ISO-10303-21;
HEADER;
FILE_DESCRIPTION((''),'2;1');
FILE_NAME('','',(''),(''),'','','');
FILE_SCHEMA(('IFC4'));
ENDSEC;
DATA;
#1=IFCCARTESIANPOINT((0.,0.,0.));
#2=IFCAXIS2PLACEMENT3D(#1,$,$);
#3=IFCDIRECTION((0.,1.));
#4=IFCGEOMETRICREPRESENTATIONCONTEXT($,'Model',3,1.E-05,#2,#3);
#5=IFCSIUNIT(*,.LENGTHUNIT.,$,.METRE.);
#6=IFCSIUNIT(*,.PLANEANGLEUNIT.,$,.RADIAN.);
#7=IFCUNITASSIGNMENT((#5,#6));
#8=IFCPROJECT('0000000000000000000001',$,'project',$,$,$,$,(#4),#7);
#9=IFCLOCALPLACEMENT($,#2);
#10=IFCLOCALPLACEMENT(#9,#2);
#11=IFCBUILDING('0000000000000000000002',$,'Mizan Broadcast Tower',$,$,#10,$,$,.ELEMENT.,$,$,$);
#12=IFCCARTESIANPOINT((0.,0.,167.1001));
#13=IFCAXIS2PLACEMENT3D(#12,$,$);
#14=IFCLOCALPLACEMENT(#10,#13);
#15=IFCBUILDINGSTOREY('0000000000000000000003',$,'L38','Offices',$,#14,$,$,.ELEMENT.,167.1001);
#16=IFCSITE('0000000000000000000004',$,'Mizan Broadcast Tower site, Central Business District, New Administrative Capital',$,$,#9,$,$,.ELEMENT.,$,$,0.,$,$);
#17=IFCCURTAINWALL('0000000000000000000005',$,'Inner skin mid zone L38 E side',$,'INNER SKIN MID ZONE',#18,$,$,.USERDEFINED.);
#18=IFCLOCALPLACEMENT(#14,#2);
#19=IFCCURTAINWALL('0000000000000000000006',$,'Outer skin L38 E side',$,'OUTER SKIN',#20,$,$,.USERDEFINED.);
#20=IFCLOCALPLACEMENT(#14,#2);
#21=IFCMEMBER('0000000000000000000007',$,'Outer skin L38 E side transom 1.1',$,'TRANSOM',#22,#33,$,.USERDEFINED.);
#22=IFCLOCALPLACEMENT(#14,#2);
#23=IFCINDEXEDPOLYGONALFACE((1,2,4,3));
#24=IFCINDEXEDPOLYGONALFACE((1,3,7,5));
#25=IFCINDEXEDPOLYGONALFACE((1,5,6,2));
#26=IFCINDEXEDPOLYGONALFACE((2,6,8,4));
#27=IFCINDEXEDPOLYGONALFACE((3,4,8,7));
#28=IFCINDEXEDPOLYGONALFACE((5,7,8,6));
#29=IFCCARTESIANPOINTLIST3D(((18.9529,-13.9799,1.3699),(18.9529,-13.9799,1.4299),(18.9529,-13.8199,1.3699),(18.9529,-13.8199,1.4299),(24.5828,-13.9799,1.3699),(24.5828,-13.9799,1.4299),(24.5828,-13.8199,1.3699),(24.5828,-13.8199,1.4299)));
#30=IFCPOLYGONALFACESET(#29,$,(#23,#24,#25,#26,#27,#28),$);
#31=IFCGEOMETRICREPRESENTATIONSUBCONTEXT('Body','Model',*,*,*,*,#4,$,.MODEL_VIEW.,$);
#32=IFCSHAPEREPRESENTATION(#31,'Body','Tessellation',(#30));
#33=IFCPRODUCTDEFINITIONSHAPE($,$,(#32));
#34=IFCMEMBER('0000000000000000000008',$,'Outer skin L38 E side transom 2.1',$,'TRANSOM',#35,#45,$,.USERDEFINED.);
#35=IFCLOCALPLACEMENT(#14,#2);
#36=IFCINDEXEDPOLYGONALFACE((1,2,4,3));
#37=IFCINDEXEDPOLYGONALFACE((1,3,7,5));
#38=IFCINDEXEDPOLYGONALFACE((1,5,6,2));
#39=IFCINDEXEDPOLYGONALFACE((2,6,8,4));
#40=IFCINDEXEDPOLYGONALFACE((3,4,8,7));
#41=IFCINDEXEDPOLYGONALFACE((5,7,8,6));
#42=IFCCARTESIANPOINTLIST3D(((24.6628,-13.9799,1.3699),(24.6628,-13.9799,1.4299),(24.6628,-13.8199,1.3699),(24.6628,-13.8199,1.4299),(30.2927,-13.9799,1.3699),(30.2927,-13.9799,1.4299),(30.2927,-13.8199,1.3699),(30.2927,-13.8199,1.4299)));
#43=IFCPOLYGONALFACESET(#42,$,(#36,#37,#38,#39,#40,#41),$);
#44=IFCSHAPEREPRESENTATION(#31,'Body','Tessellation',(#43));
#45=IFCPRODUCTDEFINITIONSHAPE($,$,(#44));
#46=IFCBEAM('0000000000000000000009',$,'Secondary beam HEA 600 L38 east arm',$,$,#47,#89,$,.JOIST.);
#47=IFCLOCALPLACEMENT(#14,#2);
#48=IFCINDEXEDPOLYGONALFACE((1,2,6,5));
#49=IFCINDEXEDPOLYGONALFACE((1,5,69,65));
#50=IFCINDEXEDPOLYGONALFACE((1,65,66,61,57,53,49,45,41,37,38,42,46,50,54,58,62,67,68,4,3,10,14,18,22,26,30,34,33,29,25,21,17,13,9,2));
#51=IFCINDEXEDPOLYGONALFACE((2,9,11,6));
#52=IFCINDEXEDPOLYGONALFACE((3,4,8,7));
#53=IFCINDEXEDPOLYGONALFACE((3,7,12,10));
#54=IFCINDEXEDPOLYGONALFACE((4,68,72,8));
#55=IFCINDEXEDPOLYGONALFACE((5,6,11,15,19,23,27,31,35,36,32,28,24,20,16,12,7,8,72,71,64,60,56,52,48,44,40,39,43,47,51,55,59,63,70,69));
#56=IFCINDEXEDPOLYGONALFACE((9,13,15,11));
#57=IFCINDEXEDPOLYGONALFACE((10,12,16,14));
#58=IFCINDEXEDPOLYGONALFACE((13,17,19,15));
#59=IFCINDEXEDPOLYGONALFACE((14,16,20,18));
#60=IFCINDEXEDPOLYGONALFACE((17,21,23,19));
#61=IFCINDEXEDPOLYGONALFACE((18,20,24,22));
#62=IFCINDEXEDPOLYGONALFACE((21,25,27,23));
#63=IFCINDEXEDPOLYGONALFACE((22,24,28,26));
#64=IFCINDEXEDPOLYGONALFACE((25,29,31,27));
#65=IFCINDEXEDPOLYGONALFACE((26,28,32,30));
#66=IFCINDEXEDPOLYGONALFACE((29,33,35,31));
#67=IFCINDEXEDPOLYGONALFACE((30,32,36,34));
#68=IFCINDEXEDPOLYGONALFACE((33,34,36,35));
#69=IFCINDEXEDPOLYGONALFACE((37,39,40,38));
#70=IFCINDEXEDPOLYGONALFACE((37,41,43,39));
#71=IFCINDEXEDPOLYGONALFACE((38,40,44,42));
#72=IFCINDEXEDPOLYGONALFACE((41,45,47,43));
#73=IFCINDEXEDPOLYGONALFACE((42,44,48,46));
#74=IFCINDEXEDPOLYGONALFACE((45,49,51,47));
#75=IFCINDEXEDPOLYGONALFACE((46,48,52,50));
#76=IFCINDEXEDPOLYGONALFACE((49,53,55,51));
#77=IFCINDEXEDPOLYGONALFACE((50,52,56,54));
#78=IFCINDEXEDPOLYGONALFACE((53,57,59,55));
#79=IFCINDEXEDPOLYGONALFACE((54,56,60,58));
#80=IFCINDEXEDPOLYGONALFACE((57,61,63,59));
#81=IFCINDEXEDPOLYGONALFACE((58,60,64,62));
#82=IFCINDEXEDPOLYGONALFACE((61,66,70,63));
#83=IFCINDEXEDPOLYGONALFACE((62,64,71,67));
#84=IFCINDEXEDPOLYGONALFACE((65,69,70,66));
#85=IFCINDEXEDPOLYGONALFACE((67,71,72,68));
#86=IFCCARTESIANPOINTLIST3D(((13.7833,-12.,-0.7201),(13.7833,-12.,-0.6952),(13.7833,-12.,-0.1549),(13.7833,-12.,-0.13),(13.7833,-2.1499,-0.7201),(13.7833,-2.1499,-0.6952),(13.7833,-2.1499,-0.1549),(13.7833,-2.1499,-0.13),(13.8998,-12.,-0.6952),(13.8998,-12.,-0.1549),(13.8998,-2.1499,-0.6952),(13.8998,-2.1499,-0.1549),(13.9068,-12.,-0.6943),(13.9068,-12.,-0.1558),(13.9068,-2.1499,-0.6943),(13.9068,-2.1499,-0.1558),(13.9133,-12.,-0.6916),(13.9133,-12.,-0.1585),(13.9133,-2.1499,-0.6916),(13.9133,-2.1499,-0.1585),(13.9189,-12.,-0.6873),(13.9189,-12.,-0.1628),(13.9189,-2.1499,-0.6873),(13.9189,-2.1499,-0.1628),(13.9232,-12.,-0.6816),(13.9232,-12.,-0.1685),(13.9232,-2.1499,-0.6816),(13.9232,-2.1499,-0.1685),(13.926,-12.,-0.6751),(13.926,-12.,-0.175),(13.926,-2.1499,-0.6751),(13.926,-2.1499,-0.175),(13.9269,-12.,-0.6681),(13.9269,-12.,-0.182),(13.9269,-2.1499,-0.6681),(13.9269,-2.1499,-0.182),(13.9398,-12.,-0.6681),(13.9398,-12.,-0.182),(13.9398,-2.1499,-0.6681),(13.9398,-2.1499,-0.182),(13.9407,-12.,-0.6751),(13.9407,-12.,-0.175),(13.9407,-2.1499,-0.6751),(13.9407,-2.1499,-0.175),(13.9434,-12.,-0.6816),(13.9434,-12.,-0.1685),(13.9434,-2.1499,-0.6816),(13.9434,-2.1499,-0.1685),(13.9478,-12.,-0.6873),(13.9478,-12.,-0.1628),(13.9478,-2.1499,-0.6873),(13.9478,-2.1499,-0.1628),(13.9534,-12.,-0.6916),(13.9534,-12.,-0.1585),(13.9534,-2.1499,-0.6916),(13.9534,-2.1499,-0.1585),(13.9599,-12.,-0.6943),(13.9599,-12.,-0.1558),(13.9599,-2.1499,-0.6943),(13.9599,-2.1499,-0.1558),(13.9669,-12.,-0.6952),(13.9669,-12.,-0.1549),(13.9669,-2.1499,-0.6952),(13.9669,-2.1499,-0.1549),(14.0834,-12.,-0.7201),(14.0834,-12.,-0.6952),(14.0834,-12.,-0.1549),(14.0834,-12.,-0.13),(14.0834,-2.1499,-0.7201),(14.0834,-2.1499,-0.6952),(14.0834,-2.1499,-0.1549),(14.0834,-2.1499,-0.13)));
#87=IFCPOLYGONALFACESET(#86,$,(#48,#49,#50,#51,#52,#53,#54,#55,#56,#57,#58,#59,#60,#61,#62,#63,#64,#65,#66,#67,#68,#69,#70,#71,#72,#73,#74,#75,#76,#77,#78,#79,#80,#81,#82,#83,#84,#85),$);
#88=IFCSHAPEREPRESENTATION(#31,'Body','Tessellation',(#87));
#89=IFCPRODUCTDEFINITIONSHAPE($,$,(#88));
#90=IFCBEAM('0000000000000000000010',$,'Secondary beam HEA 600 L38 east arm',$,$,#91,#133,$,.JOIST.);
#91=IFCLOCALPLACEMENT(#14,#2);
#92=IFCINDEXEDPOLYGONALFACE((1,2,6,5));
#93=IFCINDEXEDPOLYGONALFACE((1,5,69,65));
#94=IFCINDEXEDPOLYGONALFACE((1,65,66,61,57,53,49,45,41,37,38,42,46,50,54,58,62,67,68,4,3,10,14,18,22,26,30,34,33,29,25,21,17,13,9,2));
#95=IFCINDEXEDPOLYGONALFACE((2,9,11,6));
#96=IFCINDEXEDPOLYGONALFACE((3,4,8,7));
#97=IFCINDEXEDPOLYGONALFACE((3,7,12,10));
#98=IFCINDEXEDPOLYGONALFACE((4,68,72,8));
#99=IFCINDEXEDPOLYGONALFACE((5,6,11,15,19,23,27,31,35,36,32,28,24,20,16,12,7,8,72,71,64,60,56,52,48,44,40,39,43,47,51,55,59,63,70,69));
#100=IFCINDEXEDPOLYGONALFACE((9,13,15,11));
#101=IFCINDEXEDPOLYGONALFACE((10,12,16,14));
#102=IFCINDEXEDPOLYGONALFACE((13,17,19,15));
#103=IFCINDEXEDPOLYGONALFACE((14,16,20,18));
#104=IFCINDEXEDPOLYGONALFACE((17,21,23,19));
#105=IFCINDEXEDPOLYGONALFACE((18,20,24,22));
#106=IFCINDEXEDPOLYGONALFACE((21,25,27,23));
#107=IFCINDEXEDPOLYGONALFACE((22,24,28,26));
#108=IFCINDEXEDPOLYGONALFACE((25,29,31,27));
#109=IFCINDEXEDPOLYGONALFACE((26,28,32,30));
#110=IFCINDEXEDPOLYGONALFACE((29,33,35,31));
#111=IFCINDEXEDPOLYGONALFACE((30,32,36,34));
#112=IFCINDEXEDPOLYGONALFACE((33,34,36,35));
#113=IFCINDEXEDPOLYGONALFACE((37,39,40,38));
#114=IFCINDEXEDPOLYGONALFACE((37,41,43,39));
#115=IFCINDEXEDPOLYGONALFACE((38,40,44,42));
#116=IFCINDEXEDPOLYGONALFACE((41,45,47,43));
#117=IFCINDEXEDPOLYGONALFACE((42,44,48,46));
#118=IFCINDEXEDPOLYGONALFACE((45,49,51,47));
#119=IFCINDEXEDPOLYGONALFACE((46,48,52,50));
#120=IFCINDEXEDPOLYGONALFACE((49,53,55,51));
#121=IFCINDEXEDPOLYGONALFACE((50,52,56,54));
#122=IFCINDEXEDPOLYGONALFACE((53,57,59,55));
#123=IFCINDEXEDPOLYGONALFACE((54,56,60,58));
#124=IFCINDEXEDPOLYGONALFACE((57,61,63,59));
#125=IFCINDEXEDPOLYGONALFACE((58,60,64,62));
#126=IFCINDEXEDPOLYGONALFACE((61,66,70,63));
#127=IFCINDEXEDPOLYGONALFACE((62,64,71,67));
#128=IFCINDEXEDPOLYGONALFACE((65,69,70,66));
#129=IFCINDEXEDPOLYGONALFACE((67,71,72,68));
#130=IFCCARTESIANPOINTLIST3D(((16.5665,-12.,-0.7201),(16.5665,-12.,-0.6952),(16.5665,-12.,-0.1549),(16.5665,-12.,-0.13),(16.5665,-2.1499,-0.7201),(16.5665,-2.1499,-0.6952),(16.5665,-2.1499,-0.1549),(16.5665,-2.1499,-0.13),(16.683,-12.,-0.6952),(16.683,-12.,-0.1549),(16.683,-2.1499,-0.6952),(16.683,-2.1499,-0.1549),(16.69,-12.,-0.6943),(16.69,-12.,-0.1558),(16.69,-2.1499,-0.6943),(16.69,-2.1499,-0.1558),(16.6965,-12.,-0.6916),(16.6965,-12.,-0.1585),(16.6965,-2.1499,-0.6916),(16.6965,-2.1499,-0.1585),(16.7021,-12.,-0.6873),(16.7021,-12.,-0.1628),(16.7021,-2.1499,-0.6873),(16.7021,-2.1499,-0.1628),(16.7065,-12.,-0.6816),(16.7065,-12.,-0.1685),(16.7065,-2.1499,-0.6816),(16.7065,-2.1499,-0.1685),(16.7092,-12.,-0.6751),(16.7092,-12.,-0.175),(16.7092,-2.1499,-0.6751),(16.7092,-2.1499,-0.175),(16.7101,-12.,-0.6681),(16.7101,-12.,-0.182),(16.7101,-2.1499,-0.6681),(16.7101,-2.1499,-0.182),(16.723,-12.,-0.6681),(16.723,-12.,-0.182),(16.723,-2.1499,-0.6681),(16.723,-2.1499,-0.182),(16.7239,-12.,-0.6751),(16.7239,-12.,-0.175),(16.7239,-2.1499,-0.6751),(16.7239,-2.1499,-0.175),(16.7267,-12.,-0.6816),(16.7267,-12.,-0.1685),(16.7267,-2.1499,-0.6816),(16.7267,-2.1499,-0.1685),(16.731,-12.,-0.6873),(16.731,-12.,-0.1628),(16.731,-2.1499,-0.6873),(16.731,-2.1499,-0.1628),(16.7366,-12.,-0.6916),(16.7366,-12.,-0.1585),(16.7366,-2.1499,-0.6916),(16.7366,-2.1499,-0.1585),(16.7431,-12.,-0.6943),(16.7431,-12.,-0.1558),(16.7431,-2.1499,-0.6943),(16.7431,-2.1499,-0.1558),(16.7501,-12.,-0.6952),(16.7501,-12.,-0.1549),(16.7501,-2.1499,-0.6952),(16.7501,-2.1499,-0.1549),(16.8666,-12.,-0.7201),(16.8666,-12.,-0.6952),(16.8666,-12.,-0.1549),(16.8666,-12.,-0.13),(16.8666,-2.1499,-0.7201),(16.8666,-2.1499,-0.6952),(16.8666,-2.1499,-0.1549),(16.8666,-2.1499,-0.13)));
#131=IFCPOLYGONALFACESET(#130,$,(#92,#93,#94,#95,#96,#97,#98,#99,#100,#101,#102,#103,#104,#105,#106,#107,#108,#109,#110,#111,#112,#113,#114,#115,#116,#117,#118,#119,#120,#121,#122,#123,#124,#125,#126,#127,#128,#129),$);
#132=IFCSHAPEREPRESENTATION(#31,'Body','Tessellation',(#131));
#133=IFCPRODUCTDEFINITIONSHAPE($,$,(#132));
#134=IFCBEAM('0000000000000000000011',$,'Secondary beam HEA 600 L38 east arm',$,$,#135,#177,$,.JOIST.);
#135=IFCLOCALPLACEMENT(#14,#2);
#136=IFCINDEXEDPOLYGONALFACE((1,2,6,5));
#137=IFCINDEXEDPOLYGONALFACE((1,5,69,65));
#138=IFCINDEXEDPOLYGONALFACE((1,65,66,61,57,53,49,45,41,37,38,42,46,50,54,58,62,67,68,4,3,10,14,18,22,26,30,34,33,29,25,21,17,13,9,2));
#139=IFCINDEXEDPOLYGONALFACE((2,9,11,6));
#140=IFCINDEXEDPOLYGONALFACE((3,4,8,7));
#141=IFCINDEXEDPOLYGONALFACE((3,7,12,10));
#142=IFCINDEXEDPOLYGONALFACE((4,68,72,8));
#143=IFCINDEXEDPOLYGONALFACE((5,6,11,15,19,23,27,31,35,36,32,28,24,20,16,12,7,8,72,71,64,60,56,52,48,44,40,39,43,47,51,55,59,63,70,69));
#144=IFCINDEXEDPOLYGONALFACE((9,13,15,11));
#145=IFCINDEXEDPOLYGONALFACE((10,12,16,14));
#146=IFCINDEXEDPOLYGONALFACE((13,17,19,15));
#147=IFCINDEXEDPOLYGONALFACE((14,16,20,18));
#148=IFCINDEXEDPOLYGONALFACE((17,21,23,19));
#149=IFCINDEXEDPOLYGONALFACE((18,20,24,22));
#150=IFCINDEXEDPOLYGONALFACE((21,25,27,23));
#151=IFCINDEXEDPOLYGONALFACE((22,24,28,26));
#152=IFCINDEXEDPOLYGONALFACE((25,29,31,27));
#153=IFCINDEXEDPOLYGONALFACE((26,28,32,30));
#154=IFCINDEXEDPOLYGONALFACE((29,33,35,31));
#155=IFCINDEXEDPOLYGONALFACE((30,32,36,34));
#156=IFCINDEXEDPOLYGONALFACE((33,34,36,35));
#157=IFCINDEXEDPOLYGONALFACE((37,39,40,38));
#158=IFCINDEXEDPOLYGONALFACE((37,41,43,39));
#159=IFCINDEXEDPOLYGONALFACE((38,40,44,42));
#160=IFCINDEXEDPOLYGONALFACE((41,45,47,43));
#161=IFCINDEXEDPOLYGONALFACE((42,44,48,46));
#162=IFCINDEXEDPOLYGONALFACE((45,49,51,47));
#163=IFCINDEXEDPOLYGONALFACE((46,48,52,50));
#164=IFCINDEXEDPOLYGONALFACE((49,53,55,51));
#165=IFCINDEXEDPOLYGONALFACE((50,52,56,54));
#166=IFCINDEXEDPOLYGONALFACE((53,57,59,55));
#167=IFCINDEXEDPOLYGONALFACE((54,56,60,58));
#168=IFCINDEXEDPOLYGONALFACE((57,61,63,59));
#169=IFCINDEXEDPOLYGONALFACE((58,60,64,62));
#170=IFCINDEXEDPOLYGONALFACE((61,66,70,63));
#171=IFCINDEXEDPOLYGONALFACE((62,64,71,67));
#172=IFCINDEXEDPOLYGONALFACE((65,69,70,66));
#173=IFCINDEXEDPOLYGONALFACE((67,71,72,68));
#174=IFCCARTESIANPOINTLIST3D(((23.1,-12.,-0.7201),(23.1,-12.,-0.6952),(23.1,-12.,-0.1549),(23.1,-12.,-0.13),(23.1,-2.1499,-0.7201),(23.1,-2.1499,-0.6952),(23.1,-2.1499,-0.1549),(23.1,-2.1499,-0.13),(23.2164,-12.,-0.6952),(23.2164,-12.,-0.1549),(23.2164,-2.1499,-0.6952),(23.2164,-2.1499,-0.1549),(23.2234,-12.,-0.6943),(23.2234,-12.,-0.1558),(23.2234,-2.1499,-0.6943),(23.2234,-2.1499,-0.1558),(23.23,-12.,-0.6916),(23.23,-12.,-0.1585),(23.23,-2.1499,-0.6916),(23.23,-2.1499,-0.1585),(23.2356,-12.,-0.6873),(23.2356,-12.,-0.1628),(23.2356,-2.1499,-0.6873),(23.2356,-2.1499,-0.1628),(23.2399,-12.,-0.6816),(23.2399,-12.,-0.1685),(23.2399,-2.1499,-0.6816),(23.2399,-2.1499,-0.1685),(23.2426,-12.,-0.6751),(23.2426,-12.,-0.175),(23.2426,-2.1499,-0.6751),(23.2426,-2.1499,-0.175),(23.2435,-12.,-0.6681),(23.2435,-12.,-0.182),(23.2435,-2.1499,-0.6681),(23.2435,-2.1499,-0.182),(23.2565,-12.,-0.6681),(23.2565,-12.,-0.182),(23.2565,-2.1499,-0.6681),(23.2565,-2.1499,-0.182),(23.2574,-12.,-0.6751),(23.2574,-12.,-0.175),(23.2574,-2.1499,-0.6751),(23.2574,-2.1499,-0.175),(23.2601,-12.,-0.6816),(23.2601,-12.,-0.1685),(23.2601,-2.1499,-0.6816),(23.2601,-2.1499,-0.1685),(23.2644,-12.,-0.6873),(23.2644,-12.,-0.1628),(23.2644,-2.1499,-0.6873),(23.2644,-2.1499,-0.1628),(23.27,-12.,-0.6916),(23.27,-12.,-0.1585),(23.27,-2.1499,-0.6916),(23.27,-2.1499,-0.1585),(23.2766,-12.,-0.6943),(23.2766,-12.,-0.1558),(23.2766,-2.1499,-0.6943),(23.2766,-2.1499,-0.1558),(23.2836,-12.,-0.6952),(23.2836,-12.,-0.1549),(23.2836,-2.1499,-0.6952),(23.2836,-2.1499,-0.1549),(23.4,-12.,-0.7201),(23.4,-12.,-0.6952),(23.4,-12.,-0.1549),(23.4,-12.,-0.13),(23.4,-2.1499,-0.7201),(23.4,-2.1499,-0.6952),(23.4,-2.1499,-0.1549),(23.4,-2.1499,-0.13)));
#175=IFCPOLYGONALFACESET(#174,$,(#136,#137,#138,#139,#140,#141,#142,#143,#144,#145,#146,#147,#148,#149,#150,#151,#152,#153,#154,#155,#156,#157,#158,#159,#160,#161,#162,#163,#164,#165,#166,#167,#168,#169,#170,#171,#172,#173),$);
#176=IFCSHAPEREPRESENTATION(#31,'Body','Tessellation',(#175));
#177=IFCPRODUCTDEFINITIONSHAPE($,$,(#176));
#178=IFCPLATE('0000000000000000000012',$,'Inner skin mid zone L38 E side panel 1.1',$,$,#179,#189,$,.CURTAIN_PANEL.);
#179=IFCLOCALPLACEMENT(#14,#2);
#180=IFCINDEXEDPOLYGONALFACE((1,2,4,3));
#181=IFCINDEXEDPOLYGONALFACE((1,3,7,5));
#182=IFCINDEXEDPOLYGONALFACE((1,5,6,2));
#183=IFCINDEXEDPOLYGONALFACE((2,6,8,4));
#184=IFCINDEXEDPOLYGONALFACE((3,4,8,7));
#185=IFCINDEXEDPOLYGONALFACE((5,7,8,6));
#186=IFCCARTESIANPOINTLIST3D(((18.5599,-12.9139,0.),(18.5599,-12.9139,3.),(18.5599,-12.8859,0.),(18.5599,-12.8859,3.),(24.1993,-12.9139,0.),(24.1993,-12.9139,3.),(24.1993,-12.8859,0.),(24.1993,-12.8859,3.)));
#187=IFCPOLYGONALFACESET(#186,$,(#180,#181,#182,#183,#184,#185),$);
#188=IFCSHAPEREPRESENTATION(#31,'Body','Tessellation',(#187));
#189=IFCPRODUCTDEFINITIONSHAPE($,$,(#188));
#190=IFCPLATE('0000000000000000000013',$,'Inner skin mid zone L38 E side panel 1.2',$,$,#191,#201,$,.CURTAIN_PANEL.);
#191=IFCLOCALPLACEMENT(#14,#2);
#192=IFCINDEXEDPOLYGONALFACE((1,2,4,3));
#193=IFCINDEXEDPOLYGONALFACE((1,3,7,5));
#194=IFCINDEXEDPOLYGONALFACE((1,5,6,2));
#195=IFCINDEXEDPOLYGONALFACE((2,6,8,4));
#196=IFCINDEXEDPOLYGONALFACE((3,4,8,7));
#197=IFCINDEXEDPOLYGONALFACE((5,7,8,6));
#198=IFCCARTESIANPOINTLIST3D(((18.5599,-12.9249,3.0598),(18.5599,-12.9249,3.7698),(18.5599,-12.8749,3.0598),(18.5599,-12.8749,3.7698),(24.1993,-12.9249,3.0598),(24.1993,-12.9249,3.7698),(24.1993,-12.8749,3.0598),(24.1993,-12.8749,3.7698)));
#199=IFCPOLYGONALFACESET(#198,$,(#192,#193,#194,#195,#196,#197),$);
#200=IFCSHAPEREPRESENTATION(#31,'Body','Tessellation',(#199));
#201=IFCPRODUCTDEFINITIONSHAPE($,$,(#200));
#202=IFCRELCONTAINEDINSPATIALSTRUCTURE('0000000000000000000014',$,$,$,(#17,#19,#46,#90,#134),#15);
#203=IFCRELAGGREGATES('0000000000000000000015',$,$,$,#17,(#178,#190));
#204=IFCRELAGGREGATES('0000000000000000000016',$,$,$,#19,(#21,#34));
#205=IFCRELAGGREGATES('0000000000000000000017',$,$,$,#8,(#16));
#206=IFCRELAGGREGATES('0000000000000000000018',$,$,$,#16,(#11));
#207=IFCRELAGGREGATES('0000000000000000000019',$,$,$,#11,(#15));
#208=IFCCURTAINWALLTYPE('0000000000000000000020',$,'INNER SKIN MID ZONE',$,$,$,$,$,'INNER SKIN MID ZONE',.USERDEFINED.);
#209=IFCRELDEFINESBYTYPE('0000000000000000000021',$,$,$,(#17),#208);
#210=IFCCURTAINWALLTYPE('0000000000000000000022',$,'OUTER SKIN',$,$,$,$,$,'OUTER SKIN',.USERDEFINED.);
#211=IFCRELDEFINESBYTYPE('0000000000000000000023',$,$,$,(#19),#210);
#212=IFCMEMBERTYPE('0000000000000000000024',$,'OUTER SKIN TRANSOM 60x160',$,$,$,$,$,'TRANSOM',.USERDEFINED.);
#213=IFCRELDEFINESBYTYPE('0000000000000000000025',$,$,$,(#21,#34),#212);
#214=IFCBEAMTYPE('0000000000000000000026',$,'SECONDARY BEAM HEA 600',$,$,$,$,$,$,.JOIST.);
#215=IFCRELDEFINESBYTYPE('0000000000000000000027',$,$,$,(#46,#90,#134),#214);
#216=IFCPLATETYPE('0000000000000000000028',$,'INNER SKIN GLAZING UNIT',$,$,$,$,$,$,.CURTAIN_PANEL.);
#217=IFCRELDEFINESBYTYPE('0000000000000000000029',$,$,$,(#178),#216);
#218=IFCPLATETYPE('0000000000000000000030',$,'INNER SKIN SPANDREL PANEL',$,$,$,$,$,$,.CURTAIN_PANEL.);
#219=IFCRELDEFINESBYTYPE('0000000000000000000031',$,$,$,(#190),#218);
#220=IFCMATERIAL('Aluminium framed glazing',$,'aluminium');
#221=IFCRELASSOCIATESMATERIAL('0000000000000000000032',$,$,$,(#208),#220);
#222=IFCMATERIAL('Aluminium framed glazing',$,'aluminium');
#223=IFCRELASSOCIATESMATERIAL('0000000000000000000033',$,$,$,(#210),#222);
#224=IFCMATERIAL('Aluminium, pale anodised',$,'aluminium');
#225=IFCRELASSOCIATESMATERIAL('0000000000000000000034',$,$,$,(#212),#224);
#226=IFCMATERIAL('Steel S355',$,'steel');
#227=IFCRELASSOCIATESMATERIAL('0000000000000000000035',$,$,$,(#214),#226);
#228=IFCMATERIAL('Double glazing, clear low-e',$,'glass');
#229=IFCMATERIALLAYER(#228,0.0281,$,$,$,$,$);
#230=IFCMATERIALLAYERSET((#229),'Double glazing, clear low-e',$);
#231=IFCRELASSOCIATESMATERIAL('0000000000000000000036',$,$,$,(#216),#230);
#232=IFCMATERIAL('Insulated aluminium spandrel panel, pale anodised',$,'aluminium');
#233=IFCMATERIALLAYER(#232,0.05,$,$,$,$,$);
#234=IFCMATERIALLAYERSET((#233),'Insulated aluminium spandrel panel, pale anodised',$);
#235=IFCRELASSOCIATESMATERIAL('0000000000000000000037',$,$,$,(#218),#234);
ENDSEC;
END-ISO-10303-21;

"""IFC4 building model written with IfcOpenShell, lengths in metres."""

from ifc_helpers import new_model, si_unit, direction, frame, origin, origin_2d, place, context, subcontext, project, spatial, rectangle, i_section, extrude, material, layer, layer_set, material_profile, profile_set, type_object, element, aggregate, save


model = new_model("IFC4")

# Units and contexts
model_context = context("Model", 3, precision=1e-05, world=origin(), true_north=direction((0.0, 1.0)))
body_context = subcontext(model_context, "Body", "Model", "MODEL_VIEW")
ifc_project = project(units=[si_unit("LENGTHUNIT", "METRE"), si_unit("PLANEANGLEUNIT", "RADIAN")], contexts=[model_context])

# Site, building, storey
site_placement = place(None, origin())
site = spatial("IfcSite", under=ifc_project, at=site_placement, Name="Mizan Broadcast Tower site, Central Business District, New Administrative Capital", CompositionType="ELEMENT", RefElevation=0.0)
building_placement = place(site_placement, origin())
building = spatial("IfcBuilding", under=site, at=building_placement, Name="Mizan Broadcast Tower", CompositionType="ELEMENT")
storey_placement = place(building_placement, frame((0.0, 0.0, 167.1001)))
storey = spatial("IfcBuildingStorey", under=building, at=storey_placement, Name="L38", Description="Offices", CompositionType="ELEMENT", Elevation=167.1001)

# Curtain wall
ifc_material_1 = material(Name="Aluminium framed glazing", Category="aluminium")
curtain_wall_type_1 = type_object("IfcCurtainWallType", Name="INNER SKIN MID ZONE", ElementType="INNER SKIN MID ZONE", PredefinedType="USERDEFINED", material=ifc_material_1)
curtain_wall_1_placement = place(storey_placement, origin())
curtain_wall_1 = element("IfcCurtainWall", 1, at=curtain_wall_1_placement, inside=storey, type_object=curtain_wall_type_1, Name="Inner skin mid zone L38 E side", ObjectType="INNER SKIN MID ZONE", PredefinedType="USERDEFINED")

# Curtain wall
ifc_material_2 = material(Name="Aluminium framed glazing", Category="aluminium")
curtain_wall_type_2 = type_object("IfcCurtainWallType", Name="OUTER SKIN", ElementType="OUTER SKIN", PredefinedType="USERDEFINED", material=ifc_material_2)
curtain_wall_2_placement = place(storey_placement, origin())
curtain_wall_2 = element("IfcCurtainWall", 2, at=curtain_wall_2_placement, inside=storey, type_object=curtain_wall_type_2, Name="Outer skin L38 E side", ObjectType="OUTER SKIN", PredefinedType="USERDEFINED")

# Members
ifc_material_3 = material(Name="Aluminium, pale anodised", Category="aluminium")
ifc_material_profile_1 = material_profile(ifc_material_3, rectangle(XDim=0.1599, YDim=0.0601, at=origin_2d()), Name="TRANSOM 160x60")
ifc_profile_set_1 = profile_set([ifc_material_profile_1], Name="Aluminium, pale anodised")
member_type_1 = type_object("IfcMemberType", Name="OUTER SKIN TRANSOM 60x160", ElementType="TRANSOM", PredefinedType="USERDEFINED", material=ifc_profile_set_1)
member_1_placement = place(storey_placement, frame((18.9529, -13.8999, 1.3999), z_axis=(1.0, 0.0, 0.0), x_axis=(0.0, 1.0, 0.0)))
member_1 = element("IfcMember", 3, at=member_1_placement, type_object=member_type_1, Name="Outer skin L38 E side transom 1.1", ObjectType="TRANSOM", PredefinedType="USERDEFINED", context=body_context, shape_type="SweptSolid", body=[
    extrude(rectangle(XDim=0.1599, YDim=0.0601, at=origin_2d()), origin(), (0.0, 0.0, 1.0), 5.6299),
])
member_2_placement = place(storey_placement, frame((24.6628, -13.8999, 1.3999), z_axis=(1.0, 0.0, 0.0), x_axis=(0.0, 1.0, 0.0)))
member_2 = element("IfcMember", 4, at=member_2_placement, type_object=member_type_1, Name="Outer skin L38 E side transom 2.1", ObjectType="TRANSOM", PredefinedType="USERDEFINED", context=body_context, shape_type="SweptSolid", body=[
    extrude(rectangle(XDim=0.1599, YDim=0.0601, at=origin_2d()), origin(), (0.0, 0.0, 1.0), 5.6299),
])

# Beams
ifc_material_4 = material(Name="Steel S355", Category="steel")
ifc_material_profile_2 = material_profile(ifc_material_4, i_section(OverallWidth=0.3, OverallDepth=0.5901, WebThickness=0.0129, FlangeThickness=0.0249, FilletRadius=0.0271, at=origin_2d()), Name="HEA 600")
ifc_profile_set_2 = profile_set([ifc_material_profile_2], Name="Steel S355")
beam_type_1 = type_object("IfcBeamType", Name="SECONDARY BEAM HEA 600", PredefinedType="JOIST", material=ifc_profile_set_2)
for number, where, z_axis, x_axis, name in (
    (5, (13.9333, -12.0, -0.425), (0.0, 1.0, 0.0), (-1.0, 0.0, 0.0), "Secondary beam HEA 600 L38 east arm"),
    (6, (16.7166, -12.0, -0.425), (0.0, 1.0, 0.0), (-1.0, 0.0, 0.0), "Secondary beam HEA 600 L38 east arm"),
    (7, (23.25, -12.0, -0.425), (0.0, 1.0, 0.0), (-1.0, 0.0, 0.0), "Secondary beam HEA 600 L38 east arm"),
):
    element("IfcBeam", number, at=place(storey_placement, frame(where, z_axis=z_axis, x_axis=x_axis)), inside=storey, type_object=beam_type_1, Name=name, PredefinedType="JOIST", context=body_context, shape_type="SweptSolid", body=[
        extrude(i_section(OverallWidth=0.3, OverallDepth=0.5901, WebThickness=0.0129, FlangeThickness=0.0249, FilletRadius=0.0271, at=origin_2d()), origin(), (0.0, 0.0, 1.0), 9.8501),
    ])

# Plates
ifc_material_5 = material(Name="Double glazing, clear low-e", Category="glass")
ifc_layer_1 = layer(ifc_material_5, 0.0281)
ifc_layer_set_1 = layer_set([ifc_layer_1], Name="Double glazing, clear low-e")
plate_type_1 = type_object("IfcPlateType", Name="INNER SKIN GLAZING UNIT", PredefinedType="CURTAIN_PANEL", material=ifc_layer_set_1)
plate_1_placement = place(storey_placement, frame((21.3796, -12.8999, 0.0), z_axis=(0.0, 0.0, 1.0), x_axis=(1.0, 0.0, 0.0)))
plate_1 = element("IfcPlate", 8, at=plate_1_placement, type_object=plate_type_1, Name="Inner skin mid zone L38 E side panel 1.1", PredefinedType="CURTAIN_PANEL", context=body_context, shape_type="SweptSolid", body=[
    extrude(rectangle(XDim=5.6394, YDim=0.0281, at=origin_2d()), origin(), (0.0, 0.0, 1.0), 3.0),
])
ifc_material_6 = material(Name="Insulated aluminium spandrel panel, pale anodised", Category="aluminium")
ifc_layer_2 = layer(ifc_material_6, 0.05)
ifc_layer_set_2 = layer_set([ifc_layer_2], Name="Insulated aluminium spandrel panel, pale anodised")
plate_type_2 = type_object("IfcPlateType", Name="INNER SKIN SPANDREL PANEL", PredefinedType="CURTAIN_PANEL", material=ifc_layer_set_2)
plate_2_placement = place(storey_placement, frame((21.3796, -12.8999, 3.0598), z_axis=(0.0, 0.0, 1.0), x_axis=(1.0, 0.0, 0.0)))
plate_2 = element("IfcPlate", 9, at=plate_2_placement, type_object=plate_type_2, Name="Inner skin mid zone L38 E side panel 1.2", PredefinedType="CURTAIN_PANEL", context=body_context, shape_type="SweptSolid", body=[
    extrude(rectangle(XDim=5.6394, YDim=0.05, at=origin_2d()), origin(), (0.0, 0.0, 1.0), 0.71),
])
aggregate(curtain_wall_1, [plate_1, plate_2])
aggregate(curtain_wall_2, [member_1, member_2])

save(model, "model.ifc")
